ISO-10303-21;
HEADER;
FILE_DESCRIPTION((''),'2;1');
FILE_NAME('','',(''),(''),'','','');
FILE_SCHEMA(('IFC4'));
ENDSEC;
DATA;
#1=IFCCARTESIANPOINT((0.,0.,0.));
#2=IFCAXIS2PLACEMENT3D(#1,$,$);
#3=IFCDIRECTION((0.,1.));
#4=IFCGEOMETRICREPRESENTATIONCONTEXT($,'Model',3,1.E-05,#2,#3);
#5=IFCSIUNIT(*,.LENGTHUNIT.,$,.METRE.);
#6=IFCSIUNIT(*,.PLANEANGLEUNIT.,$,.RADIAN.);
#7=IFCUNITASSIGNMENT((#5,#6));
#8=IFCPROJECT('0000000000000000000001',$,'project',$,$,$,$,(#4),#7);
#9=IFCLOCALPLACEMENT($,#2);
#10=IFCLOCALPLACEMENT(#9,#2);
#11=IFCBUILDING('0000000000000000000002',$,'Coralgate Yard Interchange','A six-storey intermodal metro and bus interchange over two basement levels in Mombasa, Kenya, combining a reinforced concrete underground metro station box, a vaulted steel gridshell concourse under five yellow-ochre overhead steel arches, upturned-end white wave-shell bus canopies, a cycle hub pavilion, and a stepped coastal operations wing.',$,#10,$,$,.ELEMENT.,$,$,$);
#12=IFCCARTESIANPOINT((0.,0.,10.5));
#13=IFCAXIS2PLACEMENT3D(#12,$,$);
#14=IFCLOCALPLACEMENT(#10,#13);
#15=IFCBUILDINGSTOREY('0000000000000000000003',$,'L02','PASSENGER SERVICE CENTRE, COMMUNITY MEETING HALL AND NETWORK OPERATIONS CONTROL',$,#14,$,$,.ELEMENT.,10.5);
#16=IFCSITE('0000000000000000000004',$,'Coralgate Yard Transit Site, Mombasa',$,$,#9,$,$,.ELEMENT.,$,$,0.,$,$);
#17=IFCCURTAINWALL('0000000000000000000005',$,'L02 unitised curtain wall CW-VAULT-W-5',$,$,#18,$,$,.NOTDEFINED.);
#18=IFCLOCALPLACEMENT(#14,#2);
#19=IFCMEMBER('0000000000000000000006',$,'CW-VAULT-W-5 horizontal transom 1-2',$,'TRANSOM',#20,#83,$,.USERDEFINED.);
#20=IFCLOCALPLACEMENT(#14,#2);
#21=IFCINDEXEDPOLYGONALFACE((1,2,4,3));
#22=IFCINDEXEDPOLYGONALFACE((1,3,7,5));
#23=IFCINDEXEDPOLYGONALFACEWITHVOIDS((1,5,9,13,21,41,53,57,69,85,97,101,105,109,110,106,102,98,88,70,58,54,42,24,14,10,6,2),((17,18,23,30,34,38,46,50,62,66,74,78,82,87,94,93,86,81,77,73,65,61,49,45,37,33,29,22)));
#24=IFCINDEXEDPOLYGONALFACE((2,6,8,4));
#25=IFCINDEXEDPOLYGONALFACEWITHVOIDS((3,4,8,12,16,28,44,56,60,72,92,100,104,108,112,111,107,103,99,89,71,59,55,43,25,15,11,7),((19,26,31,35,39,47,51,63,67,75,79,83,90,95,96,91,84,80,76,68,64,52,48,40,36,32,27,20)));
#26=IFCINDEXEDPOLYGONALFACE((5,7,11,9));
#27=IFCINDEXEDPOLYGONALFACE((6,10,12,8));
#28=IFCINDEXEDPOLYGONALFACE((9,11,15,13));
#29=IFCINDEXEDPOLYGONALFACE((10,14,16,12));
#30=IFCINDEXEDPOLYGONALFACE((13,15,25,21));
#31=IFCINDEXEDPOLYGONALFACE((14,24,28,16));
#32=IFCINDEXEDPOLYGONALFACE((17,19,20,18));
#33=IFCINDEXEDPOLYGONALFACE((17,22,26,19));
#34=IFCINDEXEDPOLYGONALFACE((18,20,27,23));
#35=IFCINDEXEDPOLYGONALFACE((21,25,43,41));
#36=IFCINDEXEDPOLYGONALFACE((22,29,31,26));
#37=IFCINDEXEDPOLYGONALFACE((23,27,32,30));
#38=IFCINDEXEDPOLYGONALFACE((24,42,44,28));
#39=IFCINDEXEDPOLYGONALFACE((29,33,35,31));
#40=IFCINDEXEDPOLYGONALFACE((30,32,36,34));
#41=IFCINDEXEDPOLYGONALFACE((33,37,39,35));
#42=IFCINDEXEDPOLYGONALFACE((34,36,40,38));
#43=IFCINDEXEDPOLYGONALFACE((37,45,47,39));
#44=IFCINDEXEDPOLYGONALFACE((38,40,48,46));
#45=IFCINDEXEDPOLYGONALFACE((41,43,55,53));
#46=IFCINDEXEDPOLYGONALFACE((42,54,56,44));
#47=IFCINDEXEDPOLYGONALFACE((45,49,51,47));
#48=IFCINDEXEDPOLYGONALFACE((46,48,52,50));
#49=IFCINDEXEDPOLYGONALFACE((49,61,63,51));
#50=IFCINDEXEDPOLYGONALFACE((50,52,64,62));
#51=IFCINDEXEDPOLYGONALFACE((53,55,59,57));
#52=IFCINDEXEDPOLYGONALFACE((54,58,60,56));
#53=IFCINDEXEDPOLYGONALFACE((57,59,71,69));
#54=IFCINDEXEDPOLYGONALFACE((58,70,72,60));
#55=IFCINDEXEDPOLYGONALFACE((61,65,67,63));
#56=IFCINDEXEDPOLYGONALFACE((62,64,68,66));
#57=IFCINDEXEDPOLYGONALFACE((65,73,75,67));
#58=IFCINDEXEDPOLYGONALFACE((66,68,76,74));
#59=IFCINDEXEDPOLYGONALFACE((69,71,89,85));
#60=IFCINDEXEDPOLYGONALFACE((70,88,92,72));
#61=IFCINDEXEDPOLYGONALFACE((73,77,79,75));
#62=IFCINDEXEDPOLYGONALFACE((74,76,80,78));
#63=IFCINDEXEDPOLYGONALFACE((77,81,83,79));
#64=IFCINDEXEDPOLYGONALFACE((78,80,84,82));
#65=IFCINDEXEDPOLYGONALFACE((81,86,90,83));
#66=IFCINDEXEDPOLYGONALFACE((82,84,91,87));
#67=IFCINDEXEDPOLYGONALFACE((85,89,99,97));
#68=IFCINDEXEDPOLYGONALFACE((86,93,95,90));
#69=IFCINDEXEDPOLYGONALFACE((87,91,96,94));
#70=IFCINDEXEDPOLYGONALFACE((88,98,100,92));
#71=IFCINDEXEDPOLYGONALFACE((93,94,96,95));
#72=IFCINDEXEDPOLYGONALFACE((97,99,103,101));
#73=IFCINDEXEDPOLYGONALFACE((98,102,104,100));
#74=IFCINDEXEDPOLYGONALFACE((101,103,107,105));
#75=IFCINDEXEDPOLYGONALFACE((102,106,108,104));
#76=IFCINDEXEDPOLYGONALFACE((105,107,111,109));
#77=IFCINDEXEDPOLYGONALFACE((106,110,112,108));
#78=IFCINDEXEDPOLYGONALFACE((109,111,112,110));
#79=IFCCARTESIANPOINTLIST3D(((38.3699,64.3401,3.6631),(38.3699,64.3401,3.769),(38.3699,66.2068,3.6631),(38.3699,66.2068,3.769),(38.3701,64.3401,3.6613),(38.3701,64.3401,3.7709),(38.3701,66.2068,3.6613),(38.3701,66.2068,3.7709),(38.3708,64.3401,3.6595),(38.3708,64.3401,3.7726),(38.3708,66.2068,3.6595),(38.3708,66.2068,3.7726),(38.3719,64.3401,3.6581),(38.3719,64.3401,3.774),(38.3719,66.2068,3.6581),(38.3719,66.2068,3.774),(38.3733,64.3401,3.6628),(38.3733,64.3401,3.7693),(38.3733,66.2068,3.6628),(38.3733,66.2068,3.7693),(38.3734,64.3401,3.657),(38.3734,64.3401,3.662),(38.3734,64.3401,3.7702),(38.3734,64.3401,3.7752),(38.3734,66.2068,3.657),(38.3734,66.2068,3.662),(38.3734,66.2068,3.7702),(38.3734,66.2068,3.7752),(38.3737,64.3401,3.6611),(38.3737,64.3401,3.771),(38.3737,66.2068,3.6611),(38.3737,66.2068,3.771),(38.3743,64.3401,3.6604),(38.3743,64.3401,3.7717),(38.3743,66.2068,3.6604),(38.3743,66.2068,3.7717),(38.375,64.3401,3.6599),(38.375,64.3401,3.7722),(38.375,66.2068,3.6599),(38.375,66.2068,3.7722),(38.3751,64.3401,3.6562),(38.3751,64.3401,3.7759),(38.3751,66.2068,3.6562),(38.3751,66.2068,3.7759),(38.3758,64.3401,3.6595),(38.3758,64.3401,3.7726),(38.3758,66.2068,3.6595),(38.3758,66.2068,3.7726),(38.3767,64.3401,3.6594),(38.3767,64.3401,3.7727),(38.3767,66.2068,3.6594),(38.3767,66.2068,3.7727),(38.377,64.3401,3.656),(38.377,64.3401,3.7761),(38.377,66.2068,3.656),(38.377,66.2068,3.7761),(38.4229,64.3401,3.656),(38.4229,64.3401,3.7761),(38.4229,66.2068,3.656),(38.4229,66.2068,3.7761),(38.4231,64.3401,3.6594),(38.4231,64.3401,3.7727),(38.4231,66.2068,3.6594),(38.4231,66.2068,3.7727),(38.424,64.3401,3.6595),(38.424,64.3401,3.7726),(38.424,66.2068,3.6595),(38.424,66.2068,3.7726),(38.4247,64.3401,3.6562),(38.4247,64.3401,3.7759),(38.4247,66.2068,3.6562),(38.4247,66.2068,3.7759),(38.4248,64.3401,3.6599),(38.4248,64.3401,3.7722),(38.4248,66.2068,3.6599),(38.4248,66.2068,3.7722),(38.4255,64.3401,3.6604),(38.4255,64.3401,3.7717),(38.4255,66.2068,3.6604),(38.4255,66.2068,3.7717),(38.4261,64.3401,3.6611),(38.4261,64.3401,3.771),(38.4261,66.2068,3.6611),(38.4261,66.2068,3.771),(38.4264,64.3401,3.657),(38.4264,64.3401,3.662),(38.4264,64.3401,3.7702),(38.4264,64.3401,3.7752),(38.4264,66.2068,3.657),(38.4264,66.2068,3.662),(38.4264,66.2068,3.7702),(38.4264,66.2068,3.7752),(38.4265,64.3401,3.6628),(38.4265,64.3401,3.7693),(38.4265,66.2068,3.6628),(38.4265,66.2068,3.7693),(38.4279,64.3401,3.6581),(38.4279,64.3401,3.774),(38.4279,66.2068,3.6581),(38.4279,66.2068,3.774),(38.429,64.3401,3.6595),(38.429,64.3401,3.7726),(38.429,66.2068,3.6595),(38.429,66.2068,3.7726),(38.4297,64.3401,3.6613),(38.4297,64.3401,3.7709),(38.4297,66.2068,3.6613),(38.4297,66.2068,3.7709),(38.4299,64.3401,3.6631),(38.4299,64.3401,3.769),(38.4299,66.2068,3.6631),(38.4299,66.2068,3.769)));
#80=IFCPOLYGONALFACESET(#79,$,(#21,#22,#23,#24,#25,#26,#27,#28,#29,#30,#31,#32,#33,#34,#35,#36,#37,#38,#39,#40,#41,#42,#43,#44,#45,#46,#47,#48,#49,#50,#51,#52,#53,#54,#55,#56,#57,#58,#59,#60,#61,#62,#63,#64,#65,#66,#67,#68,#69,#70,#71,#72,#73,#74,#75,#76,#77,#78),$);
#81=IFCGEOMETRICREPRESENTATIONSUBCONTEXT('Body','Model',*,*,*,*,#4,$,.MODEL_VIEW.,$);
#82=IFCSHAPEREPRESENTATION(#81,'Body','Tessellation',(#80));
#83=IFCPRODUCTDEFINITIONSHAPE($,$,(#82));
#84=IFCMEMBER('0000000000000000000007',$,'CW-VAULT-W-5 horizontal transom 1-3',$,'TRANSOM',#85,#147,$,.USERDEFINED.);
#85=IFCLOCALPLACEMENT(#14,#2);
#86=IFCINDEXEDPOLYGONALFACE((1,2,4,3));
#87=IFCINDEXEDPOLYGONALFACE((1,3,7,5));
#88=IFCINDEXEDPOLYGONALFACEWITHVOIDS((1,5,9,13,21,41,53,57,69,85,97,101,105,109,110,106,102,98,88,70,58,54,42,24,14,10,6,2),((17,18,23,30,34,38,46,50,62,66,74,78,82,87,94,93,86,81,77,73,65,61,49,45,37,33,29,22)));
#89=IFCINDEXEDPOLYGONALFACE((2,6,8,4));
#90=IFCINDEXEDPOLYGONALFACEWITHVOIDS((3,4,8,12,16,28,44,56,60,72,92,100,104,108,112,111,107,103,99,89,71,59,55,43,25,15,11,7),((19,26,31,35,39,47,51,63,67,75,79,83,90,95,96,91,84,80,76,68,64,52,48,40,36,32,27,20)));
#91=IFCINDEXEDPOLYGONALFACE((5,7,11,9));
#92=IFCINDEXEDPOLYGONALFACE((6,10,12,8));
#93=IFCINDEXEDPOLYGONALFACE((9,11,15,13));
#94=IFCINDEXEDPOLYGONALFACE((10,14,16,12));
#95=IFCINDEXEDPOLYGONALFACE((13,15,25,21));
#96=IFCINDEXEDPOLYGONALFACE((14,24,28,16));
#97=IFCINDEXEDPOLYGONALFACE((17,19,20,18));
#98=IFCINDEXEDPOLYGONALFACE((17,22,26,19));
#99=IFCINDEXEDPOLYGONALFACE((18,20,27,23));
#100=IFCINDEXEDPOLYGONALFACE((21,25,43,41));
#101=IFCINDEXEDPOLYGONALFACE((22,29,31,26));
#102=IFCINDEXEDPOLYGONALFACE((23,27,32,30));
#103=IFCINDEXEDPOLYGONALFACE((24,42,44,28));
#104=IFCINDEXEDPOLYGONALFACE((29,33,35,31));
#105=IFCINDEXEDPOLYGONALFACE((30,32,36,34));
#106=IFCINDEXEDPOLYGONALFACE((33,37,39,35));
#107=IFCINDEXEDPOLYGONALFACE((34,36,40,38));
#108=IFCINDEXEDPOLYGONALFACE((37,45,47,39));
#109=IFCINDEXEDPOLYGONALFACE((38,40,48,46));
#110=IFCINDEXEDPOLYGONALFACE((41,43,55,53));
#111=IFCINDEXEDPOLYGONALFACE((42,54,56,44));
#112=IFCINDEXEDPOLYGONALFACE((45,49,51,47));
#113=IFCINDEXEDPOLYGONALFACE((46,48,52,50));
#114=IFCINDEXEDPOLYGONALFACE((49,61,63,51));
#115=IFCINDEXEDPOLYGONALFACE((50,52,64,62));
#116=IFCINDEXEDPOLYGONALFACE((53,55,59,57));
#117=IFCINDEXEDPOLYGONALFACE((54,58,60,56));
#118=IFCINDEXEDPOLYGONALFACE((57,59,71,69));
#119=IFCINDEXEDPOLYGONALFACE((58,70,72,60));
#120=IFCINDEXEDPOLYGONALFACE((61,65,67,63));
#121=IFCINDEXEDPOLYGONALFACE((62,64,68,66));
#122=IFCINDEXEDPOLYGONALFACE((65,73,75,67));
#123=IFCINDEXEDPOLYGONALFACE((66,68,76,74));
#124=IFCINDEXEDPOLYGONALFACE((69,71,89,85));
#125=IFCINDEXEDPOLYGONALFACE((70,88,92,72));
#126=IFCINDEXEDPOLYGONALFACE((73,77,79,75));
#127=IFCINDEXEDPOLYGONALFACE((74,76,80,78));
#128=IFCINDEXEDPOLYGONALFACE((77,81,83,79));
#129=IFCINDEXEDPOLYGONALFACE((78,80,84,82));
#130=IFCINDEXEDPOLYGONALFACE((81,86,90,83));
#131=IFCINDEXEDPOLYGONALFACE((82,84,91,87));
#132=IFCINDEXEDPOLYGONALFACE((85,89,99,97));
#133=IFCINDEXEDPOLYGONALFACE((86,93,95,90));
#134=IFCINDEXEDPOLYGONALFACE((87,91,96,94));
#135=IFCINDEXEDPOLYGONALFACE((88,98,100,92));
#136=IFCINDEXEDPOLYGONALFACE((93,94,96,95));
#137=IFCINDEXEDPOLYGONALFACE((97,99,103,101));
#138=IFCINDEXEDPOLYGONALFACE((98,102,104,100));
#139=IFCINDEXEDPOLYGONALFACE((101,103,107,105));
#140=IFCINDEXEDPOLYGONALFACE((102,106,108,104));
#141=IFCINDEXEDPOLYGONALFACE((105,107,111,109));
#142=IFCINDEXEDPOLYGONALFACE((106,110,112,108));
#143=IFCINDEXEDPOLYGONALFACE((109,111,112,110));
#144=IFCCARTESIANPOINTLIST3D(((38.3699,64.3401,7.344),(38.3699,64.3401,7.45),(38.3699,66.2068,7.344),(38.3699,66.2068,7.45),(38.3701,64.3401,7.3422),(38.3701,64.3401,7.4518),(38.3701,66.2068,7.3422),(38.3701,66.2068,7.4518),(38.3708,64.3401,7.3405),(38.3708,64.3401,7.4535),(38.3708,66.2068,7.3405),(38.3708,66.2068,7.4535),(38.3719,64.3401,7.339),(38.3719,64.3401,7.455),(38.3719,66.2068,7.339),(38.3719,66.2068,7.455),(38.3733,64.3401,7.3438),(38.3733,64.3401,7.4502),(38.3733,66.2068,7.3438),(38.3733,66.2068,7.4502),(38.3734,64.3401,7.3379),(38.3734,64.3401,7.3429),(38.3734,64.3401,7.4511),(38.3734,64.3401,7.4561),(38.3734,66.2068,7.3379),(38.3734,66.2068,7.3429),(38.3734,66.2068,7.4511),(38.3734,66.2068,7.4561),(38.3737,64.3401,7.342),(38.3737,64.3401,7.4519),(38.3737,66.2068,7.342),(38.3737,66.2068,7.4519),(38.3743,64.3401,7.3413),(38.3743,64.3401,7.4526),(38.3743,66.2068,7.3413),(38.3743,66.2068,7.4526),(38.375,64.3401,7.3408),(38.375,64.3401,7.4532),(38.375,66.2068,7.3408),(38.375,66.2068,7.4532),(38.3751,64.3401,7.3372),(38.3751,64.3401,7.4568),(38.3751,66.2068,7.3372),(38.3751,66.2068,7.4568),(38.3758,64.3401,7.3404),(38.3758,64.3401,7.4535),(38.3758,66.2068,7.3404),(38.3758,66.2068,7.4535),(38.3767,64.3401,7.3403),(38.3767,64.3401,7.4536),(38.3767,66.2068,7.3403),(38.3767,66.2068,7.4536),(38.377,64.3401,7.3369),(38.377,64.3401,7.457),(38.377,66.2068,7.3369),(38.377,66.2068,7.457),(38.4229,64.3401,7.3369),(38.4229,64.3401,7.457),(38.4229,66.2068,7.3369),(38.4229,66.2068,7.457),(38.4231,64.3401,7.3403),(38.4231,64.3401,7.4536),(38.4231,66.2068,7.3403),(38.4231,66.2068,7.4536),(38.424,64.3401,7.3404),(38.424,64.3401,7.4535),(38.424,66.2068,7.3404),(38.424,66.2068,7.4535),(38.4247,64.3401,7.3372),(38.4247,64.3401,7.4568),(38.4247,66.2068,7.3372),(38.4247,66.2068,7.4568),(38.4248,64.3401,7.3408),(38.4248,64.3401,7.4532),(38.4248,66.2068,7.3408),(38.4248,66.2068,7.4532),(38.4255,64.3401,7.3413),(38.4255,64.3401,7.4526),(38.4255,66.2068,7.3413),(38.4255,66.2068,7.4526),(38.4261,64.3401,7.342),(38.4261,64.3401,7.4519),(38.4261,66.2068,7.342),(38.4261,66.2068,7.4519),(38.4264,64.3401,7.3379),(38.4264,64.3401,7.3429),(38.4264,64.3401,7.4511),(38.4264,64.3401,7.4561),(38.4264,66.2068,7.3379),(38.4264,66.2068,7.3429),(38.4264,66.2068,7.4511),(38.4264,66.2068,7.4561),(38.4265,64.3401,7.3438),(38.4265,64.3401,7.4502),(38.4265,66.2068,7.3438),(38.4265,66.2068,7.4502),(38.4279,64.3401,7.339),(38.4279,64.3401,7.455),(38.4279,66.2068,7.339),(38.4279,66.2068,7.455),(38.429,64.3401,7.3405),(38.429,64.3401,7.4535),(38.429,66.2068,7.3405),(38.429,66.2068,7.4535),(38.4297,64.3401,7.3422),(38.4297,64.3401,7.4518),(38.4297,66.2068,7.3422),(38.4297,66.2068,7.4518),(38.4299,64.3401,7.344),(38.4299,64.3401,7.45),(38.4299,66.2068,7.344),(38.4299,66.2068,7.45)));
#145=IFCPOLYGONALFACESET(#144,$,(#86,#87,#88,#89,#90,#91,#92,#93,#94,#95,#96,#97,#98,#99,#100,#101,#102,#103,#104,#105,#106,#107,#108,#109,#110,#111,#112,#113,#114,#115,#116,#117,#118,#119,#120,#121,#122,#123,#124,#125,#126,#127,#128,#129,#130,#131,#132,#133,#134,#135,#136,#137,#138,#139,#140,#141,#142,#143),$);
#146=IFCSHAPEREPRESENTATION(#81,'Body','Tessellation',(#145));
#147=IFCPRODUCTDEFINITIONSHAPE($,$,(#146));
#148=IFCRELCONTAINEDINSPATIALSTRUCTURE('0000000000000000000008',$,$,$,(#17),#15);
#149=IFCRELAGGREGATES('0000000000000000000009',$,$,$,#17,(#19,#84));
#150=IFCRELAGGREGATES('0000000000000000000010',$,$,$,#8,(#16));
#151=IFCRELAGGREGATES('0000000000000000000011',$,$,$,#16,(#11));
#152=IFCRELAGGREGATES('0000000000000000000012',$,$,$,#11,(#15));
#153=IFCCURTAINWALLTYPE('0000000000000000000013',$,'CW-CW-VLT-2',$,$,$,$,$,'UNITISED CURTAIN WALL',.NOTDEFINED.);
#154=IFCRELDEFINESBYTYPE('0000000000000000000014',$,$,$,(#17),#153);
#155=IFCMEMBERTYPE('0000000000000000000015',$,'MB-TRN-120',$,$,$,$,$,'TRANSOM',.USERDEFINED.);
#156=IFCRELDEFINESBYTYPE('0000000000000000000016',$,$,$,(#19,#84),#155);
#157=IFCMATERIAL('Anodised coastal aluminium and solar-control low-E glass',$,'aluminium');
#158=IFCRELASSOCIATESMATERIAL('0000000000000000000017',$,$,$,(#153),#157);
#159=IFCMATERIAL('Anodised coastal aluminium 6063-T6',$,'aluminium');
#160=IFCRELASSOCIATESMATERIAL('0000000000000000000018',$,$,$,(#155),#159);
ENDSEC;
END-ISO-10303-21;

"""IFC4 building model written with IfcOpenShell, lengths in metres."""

from ifc_helpers import new_model, si_unit, direction, frame, origin, origin_2d, place, context, subcontext, project, spatial, hollow_rectangle, extrude, material, material_profile, profile_set, type_object, element, aggregate, save


model = new_model("IFC4")

# Units and contexts
model_context = context("Model", 3, precision=1e-05, world=origin(), true_north=direction((0.0, 1.0)))
body_context = subcontext(model_context, "Body", "Model", "MODEL_VIEW")
ifc_project = project(units=[si_unit("LENGTHUNIT", "METRE"), si_unit("PLANEANGLEUNIT", "RADIAN")], contexts=[model_context])

# Site, building, storey
site_placement = place(None, origin())
site = spatial("IfcSite", under=ifc_project, at=site_placement, Name="Coralgate Yard Transit Site, Mombasa", CompositionType="ELEMENT", RefElevation=0.0)
building_placement = place(site_placement, origin())
building = spatial("IfcBuilding", under=site, at=building_placement, Name="Coralgate Yard Interchange", Description="A six-storey intermodal metro and bus interchange over two basement levels in Mombasa, Kenya, combining a reinforced concrete underground metro station box, a vaulted steel gridshell concourse under five yellow-ochre overhead steel arches, upturned-end white wave-shell bus canopies, a cycle hub pavilion, and a stepped coastal operations wing.", CompositionType="ELEMENT")
storey_placement = place(building_placement, frame((0.0, 0.0, 10.5)))
storey = spatial("IfcBuildingStorey", under=building, at=storey_placement, Name="L02", Description="PASSENGER SERVICE CENTRE, COMMUNITY MEETING HALL AND NETWORK OPERATIONS CONTROL", CompositionType="ELEMENT", Elevation=10.5)

# Curtain wall
ifc_material_1 = material(Name="Anodised coastal aluminium and solar-control low-E glass", Category="aluminium")
ifc_material_2 = material(Name="Anodised coastal aluminium 6063-T6", Category="aluminium")
curtain_wall_type_1 = type_object("IfcCurtainWallType", Name="CW-CW-VLT-2", ElementType="UNITISED CURTAIN WALL", PredefinedType="NOTDEFINED", material=ifc_material_1)
curtain_wall_1_placement = place(storey_placement, origin())
curtain_wall_1 = element("IfcCurtainWall", 1, at=curtain_wall_1_placement, inside=storey, type_object=curtain_wall_type_1, Name="L02 unitised curtain wall CW-VAULT-W-5", PredefinedType="NOTDEFINED")

# Members
ifc_material_profile_1 = material_profile(ifc_material_2, hollow_rectangle(XDim=0.0601, YDim=0.1201, WallThickness=0.0034, InnerFilletRadius=0.0034, OuterFilletRadius=0.0071, at=origin_2d()), Name="ALU 60x120x3.5")
ifc_profile_set_1 = profile_set([ifc_material_profile_1], Name="Anodised coastal aluminium 6063-T6")
member_type_1 = type_object("IfcMemberType", Name="MB-TRN-120", ElementType="TRANSOM", PredefinedType="USERDEFINED", material=ifc_profile_set_1)
member_1_placement = place(storey_placement, frame((38.3999, 64.3401, 3.7161), z_axis=(0.0, 1.0, 0.0), x_axis=(-1.0, 0.0, 0.0)))
member_1 = element("IfcMember", 2, at=member_1_placement, type_object=member_type_1, Name="CW-VAULT-W-5 horizontal transom 1-2", ObjectType="TRANSOM", PredefinedType="USERDEFINED", context=body_context, shape_type="SweptSolid", body=[
    extrude(hollow_rectangle(XDim=0.0601, YDim=0.1201, WallThickness=0.0034, InnerFilletRadius=0.0034, OuterFilletRadius=0.0071, at=origin_2d()), origin(), (0.0, 0.0, 1.0), 1.8667),
])
member_2_placement = place(storey_placement, frame((38.3999, 64.3401, 7.397), z_axis=(0.0, 1.0, 0.0), x_axis=(-1.0, 0.0, 0.0)))
member_2 = element("IfcMember", 3, at=member_2_placement, type_object=member_type_1, Name="CW-VAULT-W-5 horizontal transom 1-3", ObjectType="TRANSOM", PredefinedType="USERDEFINED", context=body_context, shape_type="SweptSolid", body=[
    extrude(hollow_rectangle(XDim=0.0601, YDim=0.1201, WallThickness=0.0034, InnerFilletRadius=0.0034, OuterFilletRadius=0.0071, at=origin_2d()), origin(), (0.0, 0.0, 1.0), 1.8667),
])

aggregate(curtain_wall_1, [member_1, member_2])

save(model, "model.ifc")
